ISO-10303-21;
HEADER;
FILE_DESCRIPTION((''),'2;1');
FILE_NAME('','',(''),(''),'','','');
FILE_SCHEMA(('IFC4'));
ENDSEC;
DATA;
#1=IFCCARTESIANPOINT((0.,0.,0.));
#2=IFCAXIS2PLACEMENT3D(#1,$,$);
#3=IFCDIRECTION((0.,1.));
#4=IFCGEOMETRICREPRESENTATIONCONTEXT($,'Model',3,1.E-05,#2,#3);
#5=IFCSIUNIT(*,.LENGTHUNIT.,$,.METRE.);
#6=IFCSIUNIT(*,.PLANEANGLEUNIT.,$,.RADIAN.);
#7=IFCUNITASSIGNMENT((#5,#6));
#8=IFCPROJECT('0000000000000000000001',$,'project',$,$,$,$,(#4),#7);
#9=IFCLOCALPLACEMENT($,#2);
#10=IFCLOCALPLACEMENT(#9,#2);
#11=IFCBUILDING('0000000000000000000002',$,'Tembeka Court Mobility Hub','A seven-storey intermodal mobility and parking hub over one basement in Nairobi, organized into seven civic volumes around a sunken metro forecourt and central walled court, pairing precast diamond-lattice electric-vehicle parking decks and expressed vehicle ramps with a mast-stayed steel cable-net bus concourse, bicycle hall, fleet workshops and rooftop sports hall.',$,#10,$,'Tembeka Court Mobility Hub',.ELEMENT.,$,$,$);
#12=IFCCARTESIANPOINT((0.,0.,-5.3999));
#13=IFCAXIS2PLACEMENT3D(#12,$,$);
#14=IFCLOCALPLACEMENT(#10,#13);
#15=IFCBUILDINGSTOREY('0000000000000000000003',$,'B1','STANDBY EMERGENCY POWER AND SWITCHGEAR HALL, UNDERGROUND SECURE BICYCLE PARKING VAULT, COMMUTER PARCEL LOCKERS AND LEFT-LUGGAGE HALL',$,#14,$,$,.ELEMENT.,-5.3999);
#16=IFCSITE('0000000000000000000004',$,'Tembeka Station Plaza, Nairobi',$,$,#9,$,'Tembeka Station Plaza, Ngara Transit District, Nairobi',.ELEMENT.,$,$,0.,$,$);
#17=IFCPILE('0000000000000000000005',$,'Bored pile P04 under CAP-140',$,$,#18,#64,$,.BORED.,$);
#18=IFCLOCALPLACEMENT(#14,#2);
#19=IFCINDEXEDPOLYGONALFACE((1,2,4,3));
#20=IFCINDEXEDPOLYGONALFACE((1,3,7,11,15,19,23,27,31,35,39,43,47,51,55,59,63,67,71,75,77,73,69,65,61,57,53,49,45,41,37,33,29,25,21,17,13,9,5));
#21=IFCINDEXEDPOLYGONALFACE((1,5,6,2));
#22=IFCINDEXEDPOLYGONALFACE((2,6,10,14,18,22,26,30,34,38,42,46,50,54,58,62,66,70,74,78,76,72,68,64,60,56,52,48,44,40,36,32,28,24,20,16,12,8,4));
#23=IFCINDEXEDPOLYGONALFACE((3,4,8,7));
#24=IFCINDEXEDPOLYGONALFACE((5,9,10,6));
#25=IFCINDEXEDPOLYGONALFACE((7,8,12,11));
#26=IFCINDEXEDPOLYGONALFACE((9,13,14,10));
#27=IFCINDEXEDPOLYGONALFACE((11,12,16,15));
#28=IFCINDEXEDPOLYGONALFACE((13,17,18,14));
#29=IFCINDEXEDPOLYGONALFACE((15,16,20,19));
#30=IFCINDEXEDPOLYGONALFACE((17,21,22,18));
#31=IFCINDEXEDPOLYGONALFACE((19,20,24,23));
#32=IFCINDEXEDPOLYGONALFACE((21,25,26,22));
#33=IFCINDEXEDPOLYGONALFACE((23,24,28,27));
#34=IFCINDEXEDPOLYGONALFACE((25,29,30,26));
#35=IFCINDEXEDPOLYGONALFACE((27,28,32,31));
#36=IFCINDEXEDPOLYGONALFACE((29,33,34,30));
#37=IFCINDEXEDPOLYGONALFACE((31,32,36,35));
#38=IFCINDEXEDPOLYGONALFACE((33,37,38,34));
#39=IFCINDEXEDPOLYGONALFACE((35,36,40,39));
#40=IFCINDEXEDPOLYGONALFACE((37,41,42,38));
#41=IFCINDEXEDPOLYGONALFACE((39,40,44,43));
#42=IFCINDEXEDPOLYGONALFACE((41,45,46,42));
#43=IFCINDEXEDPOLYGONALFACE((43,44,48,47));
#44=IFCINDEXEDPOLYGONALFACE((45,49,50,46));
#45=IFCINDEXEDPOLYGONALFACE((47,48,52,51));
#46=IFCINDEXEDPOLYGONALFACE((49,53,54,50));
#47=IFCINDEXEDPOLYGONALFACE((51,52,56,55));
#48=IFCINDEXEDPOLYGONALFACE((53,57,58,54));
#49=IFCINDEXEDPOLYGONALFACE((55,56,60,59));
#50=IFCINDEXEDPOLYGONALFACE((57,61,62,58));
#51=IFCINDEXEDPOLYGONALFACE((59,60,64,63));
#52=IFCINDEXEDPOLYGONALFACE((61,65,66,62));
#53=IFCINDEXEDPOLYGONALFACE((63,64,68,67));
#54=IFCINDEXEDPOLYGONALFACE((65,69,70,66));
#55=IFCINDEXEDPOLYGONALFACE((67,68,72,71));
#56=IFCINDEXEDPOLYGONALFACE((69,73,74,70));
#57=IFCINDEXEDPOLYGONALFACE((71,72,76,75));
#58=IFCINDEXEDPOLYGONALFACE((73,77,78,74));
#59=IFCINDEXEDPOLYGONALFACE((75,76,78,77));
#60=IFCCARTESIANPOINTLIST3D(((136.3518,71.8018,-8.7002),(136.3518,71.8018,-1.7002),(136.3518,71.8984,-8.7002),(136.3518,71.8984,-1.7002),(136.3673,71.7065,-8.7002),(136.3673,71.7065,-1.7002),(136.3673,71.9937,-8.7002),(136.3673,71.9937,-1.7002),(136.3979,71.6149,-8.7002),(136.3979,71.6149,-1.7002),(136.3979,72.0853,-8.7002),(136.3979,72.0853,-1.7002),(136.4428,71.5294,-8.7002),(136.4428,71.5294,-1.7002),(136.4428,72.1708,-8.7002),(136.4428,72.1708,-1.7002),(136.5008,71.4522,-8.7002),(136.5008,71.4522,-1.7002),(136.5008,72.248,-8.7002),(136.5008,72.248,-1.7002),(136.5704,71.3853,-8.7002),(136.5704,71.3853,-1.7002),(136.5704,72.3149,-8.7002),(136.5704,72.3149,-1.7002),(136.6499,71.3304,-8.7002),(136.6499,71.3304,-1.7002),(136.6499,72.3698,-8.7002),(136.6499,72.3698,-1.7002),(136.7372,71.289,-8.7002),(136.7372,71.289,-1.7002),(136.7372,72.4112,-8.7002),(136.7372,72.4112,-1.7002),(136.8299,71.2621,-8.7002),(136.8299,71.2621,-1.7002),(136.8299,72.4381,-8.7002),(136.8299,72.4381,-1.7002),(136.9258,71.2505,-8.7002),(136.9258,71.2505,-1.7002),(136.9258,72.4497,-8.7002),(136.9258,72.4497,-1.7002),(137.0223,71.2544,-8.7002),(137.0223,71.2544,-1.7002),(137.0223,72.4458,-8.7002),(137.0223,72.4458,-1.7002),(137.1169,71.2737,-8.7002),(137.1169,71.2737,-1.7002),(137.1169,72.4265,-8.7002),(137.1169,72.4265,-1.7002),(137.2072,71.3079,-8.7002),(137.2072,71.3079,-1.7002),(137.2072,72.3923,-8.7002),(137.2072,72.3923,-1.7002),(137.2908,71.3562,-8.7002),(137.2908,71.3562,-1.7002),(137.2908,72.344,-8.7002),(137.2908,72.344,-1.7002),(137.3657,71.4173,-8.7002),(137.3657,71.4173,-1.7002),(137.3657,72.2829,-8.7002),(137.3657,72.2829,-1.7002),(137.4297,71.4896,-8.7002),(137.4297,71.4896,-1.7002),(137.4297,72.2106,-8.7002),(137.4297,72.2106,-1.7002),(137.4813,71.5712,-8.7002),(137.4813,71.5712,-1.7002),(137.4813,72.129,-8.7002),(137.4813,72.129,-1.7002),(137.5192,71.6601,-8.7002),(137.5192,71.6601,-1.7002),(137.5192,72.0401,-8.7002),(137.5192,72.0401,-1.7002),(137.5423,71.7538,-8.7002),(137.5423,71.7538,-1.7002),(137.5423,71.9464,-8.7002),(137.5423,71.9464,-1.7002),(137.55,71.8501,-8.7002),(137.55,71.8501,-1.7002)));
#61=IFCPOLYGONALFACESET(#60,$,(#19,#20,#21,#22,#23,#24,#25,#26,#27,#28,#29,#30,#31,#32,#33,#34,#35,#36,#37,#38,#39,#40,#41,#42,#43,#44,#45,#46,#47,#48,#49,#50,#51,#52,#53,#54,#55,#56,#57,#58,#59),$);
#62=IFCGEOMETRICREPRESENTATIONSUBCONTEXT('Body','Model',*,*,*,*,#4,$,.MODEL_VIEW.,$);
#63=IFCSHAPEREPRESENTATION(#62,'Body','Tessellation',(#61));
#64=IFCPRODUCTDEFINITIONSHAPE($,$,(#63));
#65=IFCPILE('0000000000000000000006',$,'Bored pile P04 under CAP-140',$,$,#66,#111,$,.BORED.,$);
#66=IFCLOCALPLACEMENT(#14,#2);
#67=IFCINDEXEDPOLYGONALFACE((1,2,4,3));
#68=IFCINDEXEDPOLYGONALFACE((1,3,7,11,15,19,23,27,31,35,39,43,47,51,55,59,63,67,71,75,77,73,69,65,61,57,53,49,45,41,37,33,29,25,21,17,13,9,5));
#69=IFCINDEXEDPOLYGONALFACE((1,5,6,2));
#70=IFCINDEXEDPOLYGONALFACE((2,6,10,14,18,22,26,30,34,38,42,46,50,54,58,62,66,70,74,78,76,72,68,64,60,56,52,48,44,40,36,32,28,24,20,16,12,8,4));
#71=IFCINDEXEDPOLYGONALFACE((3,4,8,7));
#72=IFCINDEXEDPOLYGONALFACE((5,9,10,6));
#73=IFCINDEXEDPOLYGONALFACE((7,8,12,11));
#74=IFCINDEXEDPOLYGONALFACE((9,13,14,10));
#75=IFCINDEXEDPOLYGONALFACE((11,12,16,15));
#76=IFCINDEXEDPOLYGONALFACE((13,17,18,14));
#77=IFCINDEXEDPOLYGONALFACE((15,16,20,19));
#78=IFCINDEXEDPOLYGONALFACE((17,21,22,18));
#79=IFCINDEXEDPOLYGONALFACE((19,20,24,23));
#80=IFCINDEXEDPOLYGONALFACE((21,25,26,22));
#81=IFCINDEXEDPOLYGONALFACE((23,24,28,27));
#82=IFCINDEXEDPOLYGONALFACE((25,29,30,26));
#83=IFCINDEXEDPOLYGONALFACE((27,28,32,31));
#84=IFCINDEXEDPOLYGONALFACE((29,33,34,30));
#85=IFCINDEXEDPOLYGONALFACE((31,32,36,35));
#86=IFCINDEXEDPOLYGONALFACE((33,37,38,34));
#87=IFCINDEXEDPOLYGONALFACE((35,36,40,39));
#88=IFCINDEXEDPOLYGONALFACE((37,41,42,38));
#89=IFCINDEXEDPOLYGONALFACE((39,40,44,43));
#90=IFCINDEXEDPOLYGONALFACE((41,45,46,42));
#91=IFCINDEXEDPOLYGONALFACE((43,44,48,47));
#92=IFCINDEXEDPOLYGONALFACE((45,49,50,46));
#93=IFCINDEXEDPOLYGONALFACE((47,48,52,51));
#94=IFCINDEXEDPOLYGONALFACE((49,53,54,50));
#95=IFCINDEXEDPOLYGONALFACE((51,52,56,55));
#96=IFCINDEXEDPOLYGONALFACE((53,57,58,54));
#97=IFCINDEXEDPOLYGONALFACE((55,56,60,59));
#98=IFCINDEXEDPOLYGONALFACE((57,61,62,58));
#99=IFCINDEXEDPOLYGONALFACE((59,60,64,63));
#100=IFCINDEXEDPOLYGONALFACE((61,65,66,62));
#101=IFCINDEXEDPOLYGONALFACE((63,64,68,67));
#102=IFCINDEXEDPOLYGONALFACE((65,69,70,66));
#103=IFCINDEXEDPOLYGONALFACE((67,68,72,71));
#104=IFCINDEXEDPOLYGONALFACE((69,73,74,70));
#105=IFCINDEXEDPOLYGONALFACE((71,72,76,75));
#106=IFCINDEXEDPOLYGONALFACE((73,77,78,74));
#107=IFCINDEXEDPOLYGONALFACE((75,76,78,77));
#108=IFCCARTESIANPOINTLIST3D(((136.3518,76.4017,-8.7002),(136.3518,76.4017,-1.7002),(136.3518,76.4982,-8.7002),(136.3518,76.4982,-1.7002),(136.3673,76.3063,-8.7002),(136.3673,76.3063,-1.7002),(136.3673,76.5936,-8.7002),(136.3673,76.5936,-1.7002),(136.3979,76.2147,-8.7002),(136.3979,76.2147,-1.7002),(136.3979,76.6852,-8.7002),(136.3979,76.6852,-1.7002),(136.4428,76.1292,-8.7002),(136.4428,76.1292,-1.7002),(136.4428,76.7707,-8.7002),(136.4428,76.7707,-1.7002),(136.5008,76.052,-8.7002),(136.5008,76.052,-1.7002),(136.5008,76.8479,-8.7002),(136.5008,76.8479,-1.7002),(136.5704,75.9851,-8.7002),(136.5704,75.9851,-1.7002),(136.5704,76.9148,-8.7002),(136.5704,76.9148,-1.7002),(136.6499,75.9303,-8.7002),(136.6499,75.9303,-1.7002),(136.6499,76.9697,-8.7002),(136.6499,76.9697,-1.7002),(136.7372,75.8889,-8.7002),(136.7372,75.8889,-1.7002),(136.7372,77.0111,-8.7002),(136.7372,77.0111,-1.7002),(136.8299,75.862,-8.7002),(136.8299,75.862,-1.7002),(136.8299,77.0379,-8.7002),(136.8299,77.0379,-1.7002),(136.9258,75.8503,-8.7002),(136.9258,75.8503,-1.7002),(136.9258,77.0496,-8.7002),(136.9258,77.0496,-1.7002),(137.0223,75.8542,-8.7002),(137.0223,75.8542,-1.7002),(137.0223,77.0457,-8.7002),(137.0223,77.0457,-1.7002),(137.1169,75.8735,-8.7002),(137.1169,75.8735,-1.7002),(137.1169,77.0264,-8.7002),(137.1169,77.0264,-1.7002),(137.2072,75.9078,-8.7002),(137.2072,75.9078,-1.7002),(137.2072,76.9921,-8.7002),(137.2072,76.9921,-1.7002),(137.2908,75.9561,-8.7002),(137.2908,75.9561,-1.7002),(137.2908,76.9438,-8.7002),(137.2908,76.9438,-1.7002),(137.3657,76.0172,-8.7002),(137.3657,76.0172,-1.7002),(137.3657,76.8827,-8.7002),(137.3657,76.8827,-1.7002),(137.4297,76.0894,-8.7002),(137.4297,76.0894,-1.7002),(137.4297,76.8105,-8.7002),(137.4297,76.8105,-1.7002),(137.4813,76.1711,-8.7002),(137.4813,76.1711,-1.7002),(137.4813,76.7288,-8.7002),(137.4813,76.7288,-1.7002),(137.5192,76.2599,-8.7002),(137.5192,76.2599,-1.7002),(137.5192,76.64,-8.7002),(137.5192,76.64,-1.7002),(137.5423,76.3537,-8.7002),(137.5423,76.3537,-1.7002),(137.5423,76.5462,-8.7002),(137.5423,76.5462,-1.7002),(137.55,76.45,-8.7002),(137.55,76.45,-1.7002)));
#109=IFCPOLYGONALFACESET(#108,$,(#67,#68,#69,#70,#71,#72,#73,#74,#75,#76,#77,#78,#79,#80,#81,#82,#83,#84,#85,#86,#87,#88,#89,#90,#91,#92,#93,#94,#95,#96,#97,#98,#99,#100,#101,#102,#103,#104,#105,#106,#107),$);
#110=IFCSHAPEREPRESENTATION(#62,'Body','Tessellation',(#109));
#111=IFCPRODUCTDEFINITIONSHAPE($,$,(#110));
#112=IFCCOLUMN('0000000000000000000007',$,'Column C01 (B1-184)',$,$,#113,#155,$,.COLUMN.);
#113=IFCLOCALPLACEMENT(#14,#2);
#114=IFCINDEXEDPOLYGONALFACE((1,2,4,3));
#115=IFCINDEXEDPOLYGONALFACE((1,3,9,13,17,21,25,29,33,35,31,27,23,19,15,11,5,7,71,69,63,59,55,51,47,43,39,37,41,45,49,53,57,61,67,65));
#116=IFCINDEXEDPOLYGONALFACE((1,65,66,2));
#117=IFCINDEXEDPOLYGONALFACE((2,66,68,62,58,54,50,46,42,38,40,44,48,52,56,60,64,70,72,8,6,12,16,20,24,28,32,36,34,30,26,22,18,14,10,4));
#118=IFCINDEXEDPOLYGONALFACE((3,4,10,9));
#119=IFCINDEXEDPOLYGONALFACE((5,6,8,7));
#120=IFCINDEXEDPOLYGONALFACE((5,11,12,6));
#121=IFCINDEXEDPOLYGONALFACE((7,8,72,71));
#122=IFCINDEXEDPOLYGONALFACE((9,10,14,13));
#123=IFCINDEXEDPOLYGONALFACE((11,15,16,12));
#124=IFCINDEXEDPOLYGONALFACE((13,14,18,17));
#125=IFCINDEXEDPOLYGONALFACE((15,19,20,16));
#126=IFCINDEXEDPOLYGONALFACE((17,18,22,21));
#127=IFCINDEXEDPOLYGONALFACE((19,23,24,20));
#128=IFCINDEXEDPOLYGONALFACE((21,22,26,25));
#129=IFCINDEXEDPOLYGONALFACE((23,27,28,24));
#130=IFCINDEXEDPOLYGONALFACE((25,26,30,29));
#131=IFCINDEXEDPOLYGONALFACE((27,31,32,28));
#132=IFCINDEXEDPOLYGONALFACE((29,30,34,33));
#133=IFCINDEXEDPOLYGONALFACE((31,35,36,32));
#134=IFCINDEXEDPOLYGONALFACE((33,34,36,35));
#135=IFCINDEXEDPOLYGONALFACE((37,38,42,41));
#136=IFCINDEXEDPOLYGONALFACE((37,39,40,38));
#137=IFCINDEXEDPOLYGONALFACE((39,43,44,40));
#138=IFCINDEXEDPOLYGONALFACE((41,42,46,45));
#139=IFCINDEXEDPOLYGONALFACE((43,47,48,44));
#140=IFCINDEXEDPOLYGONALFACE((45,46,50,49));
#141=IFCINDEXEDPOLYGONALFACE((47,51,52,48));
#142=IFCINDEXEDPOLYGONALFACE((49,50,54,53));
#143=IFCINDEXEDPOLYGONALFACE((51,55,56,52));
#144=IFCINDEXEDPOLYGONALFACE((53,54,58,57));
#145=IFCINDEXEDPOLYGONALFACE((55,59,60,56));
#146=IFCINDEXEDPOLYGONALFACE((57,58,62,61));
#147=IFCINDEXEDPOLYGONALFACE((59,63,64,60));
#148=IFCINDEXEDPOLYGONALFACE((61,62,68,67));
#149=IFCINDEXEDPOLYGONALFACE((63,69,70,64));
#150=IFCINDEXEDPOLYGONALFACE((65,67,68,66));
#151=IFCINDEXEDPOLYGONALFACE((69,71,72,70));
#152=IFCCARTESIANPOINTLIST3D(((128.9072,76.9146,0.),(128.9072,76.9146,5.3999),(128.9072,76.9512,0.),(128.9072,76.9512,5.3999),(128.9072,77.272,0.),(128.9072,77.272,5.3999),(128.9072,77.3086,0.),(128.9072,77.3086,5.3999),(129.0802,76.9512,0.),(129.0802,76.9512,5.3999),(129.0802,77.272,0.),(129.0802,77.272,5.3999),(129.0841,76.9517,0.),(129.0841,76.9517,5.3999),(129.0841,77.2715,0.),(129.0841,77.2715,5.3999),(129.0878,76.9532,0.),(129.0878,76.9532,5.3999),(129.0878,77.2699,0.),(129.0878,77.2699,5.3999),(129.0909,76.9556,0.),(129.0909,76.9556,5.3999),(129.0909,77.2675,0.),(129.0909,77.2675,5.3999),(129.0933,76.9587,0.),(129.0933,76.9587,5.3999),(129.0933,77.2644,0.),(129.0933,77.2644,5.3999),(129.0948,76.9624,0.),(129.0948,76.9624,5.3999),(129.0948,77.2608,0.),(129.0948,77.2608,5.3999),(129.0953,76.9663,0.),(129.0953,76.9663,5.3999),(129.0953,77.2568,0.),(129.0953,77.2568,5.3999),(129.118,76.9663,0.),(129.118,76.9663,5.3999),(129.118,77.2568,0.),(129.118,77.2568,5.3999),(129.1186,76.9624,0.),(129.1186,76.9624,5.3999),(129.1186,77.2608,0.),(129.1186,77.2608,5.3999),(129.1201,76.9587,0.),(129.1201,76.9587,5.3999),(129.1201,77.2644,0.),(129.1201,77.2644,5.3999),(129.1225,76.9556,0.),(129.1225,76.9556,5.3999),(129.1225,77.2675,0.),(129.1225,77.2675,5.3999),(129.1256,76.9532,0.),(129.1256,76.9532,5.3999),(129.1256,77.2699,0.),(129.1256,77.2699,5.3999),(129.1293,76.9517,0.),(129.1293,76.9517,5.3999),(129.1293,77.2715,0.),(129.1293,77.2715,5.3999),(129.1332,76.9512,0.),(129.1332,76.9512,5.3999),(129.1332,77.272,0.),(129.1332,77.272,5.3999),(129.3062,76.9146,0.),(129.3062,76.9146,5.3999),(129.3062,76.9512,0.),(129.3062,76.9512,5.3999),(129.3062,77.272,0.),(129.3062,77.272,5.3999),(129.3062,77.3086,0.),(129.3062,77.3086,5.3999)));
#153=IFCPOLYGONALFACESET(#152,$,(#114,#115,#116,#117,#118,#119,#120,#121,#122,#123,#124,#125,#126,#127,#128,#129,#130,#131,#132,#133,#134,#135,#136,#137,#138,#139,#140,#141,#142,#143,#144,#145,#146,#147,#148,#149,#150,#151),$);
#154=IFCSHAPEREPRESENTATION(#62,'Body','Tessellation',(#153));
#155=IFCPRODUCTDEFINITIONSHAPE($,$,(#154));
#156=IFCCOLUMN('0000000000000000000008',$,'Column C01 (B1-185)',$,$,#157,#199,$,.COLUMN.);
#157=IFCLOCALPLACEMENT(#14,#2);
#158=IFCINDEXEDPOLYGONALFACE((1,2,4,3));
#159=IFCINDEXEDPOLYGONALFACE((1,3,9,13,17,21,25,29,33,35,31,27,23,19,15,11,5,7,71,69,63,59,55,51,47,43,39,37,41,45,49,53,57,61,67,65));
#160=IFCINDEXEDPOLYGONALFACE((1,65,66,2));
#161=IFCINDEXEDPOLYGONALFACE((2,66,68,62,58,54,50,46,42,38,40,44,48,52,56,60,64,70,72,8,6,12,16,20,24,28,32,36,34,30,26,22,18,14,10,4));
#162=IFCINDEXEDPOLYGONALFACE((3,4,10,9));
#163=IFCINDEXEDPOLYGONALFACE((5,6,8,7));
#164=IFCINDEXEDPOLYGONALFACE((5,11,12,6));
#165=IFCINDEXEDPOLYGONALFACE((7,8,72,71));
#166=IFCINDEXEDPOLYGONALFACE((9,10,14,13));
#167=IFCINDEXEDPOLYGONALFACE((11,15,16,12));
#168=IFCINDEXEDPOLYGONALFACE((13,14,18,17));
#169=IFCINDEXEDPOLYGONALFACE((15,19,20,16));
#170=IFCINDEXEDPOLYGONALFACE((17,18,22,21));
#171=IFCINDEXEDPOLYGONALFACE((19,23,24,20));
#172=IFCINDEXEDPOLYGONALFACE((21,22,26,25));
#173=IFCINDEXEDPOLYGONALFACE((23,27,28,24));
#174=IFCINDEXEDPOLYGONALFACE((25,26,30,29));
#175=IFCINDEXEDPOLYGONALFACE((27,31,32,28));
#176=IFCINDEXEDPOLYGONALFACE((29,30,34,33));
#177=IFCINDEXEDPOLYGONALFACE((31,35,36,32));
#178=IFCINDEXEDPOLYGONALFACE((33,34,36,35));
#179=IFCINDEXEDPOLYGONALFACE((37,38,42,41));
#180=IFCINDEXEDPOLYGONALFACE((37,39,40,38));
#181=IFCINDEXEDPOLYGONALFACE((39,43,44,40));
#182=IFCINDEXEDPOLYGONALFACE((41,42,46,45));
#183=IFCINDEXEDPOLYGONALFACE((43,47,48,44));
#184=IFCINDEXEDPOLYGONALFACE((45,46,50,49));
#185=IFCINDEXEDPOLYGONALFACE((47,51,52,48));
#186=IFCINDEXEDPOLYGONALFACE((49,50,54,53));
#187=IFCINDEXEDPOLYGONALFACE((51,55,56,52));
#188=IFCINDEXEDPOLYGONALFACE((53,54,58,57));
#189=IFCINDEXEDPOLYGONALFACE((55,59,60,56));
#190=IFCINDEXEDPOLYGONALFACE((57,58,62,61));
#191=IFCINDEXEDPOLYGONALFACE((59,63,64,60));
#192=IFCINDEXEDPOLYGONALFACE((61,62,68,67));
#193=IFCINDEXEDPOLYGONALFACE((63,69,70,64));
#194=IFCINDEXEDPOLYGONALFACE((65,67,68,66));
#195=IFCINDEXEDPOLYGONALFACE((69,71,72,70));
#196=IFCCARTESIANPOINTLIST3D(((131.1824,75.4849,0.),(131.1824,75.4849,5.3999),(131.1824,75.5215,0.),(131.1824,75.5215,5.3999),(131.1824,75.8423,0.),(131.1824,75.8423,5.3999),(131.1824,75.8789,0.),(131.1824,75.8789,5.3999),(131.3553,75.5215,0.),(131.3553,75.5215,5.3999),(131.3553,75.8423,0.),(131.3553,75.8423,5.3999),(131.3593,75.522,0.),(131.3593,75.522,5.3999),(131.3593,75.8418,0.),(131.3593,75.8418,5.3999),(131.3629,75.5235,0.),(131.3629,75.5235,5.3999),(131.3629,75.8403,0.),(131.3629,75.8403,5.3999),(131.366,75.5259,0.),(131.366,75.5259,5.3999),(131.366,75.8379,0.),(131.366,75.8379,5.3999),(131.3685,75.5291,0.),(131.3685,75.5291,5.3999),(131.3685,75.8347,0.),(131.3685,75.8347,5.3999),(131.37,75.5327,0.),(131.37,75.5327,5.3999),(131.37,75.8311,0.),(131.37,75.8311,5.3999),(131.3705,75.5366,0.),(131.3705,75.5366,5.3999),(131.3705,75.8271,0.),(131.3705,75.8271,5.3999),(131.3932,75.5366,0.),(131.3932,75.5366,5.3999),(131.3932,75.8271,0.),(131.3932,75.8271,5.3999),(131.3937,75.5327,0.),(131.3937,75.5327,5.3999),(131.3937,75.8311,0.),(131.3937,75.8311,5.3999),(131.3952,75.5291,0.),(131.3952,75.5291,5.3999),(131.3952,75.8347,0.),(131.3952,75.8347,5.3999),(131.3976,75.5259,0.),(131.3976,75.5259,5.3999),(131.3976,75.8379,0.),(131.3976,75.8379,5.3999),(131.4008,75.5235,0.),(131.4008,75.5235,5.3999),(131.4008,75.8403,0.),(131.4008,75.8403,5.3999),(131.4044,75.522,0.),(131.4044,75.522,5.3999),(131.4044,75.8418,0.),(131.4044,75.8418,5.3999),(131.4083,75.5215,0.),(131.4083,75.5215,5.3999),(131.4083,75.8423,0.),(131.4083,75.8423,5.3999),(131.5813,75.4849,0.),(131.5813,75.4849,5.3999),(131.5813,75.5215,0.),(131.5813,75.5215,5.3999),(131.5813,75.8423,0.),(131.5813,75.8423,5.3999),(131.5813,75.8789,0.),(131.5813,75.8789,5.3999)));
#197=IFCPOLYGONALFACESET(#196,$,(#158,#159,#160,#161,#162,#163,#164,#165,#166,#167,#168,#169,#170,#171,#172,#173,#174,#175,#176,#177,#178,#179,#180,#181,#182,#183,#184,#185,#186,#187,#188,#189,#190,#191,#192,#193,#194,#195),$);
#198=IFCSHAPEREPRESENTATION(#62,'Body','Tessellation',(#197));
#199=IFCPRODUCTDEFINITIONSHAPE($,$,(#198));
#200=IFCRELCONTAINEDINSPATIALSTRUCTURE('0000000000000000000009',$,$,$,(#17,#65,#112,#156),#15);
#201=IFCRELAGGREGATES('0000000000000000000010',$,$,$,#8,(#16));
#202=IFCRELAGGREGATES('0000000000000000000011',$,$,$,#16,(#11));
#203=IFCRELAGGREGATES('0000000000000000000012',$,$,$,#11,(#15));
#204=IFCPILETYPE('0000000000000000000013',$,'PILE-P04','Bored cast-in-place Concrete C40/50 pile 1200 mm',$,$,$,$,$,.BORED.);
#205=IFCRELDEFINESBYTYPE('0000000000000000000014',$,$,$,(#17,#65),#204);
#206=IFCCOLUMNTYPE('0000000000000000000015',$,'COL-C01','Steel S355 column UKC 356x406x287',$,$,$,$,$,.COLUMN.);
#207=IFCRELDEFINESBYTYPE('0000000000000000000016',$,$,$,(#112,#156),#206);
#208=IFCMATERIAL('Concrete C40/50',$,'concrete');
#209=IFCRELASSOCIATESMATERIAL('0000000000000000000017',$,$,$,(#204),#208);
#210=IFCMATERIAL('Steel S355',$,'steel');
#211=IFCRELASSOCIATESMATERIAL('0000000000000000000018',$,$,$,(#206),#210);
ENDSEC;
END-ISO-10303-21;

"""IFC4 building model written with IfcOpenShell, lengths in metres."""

from ifc_helpers import new_model, si_unit, direction, frame, origin, origin_2d, place, context, subcontext, project, spatial, circle, i_section, extrude, material, material_profile, profile_set, type_object, element, save


model = new_model("IFC4")

# Units and contexts
model_context = context("Model", 3, precision=1e-05, world=origin(), true_north=direction((0.0, 1.0)))
body_context = subcontext(model_context, "Body", "Model", "MODEL_VIEW")
ifc_project = project(units=[si_unit("LENGTHUNIT", "METRE"), si_unit("PLANEANGLEUNIT", "RADIAN")], contexts=[model_context])

# Site, building, storey
site_placement = place(None, origin())
site = spatial("IfcSite", under=ifc_project, at=site_placement, Name="Tembeka Station Plaza, Nairobi", LongName="Tembeka Station Plaza, Ngara Transit District, Nairobi", CompositionType="ELEMENT", RefElevation=0.0)
building_placement = place(site_placement, origin())
building = spatial("IfcBuilding", under=site, at=building_placement, Name="Tembeka Court Mobility Hub", Description="A seven-storey intermodal mobility and parking hub over one basement in Nairobi, organized into seven civic volumes around a sunken metro forecourt and central walled court, pairing precast diamond-lattice electric-vehicle parking decks and expressed vehicle ramps with a mast-stayed steel cable-net bus concourse, bicycle hall, fleet workshops and rooftop sports hall.", LongName="Tembeka Court Mobility Hub", CompositionType="ELEMENT")
storey_placement = place(building_placement, frame((0.0, 0.0, -5.3999)))
storey = spatial("IfcBuildingStorey", under=building, at=storey_placement, Name="B1", Description="STANDBY EMERGENCY POWER AND SWITCHGEAR HALL, UNDERGROUND SECURE BICYCLE PARKING VAULT, COMMUTER PARCEL LOCKERS AND LEFT-LUGGAGE HALL", CompositionType="ELEMENT", Elevation=-5.3999)

# Shared definitions
ifc_material_1 = material(Name="Concrete C40/50", Category="concrete")

# Piles
ifc_material_profile_1 = material_profile(ifc_material_1, circle(Radius=0.6001, at=origin_2d()), Name="PILE D1200")
ifc_profile_set_1 = profile_set([ifc_material_profile_1], Name="Concrete C40/50")
pile_type_1 = type_object("IfcPileType", Name="PILE-P04", Description="Bored cast-in-place Concrete C40/50 pile 1200 mm", PredefinedType="BORED", material=ifc_profile_set_1)
for number, where, z_axis, x_axis, name in (
    (1, (136.95, 71.8501, -1.7002), (0.0, 0.0, -1.0), (1.0, 0.0, 0.0), "Bored pile P04 under CAP-140"),
    (2, (136.95, 76.45, -1.7002), (0.0, 0.0, -1.0), (1.0, 0.0, 0.0), "Bored pile P04 under CAP-140"),
):
    element("IfcPile", number, at=place(storey_placement, frame(where, z_axis=z_axis, x_axis=x_axis)), inside=storey, type_object=pile_type_1, Name=name, PredefinedType="BORED", context=body_context, shape_type="SweptSolid", body=[
        extrude(circle(Radius=0.6001, at=origin_2d()), origin(), (0.0, 0.0, 1.0), 7.0),
    ])

# Columns
ifc_material_2 = material(Name="Steel S355", Category="steel")
ifc_material_profile_2 = material_profile(ifc_material_2, i_section(OverallWidth=0.3989, OverallDepth=0.394, WebThickness=0.0227, FlangeThickness=0.0366, FilletRadius=0.0151, at=origin_2d()), Name="UKC 356x406x287")
ifc_profile_set_2 = profile_set([ifc_material_profile_2], Name="Steel S355")
column_type_1 = type_object("IfcColumnType", Name="COL-C01", Description="Steel S355 column UKC 356x406x287", PredefinedType="COLUMN", material=ifc_profile_set_2)
for number, where, z_axis, x_axis, name in (
    (3, (129.1067, 77.1116, 0.0), (0.0, 0.0, 1.0), (1.0, 0.0, 0.0), "Column C01 (B1-184)"),
    (4, (131.3818, 75.6819, 0.0), (0.0, 0.0, 1.0), (1.0, 0.0, 0.0), "Column C01 (B1-185)"),
):
    element("IfcColumn", number, at=place(storey_placement, frame(where, z_axis=z_axis, x_axis=x_axis)), inside=storey, type_object=column_type_1, Name=name, PredefinedType="COLUMN", context=body_context, shape_type="SweptSolid", body=[
        extrude(i_section(OverallWidth=0.3989, OverallDepth=0.394, WebThickness=0.0227, FlangeThickness=0.0366, FilletRadius=0.0151, at=origin_2d()), origin(), (0.0, 0.0, 1.0), 5.3999),
    ])

save(model, "model.ifc")
